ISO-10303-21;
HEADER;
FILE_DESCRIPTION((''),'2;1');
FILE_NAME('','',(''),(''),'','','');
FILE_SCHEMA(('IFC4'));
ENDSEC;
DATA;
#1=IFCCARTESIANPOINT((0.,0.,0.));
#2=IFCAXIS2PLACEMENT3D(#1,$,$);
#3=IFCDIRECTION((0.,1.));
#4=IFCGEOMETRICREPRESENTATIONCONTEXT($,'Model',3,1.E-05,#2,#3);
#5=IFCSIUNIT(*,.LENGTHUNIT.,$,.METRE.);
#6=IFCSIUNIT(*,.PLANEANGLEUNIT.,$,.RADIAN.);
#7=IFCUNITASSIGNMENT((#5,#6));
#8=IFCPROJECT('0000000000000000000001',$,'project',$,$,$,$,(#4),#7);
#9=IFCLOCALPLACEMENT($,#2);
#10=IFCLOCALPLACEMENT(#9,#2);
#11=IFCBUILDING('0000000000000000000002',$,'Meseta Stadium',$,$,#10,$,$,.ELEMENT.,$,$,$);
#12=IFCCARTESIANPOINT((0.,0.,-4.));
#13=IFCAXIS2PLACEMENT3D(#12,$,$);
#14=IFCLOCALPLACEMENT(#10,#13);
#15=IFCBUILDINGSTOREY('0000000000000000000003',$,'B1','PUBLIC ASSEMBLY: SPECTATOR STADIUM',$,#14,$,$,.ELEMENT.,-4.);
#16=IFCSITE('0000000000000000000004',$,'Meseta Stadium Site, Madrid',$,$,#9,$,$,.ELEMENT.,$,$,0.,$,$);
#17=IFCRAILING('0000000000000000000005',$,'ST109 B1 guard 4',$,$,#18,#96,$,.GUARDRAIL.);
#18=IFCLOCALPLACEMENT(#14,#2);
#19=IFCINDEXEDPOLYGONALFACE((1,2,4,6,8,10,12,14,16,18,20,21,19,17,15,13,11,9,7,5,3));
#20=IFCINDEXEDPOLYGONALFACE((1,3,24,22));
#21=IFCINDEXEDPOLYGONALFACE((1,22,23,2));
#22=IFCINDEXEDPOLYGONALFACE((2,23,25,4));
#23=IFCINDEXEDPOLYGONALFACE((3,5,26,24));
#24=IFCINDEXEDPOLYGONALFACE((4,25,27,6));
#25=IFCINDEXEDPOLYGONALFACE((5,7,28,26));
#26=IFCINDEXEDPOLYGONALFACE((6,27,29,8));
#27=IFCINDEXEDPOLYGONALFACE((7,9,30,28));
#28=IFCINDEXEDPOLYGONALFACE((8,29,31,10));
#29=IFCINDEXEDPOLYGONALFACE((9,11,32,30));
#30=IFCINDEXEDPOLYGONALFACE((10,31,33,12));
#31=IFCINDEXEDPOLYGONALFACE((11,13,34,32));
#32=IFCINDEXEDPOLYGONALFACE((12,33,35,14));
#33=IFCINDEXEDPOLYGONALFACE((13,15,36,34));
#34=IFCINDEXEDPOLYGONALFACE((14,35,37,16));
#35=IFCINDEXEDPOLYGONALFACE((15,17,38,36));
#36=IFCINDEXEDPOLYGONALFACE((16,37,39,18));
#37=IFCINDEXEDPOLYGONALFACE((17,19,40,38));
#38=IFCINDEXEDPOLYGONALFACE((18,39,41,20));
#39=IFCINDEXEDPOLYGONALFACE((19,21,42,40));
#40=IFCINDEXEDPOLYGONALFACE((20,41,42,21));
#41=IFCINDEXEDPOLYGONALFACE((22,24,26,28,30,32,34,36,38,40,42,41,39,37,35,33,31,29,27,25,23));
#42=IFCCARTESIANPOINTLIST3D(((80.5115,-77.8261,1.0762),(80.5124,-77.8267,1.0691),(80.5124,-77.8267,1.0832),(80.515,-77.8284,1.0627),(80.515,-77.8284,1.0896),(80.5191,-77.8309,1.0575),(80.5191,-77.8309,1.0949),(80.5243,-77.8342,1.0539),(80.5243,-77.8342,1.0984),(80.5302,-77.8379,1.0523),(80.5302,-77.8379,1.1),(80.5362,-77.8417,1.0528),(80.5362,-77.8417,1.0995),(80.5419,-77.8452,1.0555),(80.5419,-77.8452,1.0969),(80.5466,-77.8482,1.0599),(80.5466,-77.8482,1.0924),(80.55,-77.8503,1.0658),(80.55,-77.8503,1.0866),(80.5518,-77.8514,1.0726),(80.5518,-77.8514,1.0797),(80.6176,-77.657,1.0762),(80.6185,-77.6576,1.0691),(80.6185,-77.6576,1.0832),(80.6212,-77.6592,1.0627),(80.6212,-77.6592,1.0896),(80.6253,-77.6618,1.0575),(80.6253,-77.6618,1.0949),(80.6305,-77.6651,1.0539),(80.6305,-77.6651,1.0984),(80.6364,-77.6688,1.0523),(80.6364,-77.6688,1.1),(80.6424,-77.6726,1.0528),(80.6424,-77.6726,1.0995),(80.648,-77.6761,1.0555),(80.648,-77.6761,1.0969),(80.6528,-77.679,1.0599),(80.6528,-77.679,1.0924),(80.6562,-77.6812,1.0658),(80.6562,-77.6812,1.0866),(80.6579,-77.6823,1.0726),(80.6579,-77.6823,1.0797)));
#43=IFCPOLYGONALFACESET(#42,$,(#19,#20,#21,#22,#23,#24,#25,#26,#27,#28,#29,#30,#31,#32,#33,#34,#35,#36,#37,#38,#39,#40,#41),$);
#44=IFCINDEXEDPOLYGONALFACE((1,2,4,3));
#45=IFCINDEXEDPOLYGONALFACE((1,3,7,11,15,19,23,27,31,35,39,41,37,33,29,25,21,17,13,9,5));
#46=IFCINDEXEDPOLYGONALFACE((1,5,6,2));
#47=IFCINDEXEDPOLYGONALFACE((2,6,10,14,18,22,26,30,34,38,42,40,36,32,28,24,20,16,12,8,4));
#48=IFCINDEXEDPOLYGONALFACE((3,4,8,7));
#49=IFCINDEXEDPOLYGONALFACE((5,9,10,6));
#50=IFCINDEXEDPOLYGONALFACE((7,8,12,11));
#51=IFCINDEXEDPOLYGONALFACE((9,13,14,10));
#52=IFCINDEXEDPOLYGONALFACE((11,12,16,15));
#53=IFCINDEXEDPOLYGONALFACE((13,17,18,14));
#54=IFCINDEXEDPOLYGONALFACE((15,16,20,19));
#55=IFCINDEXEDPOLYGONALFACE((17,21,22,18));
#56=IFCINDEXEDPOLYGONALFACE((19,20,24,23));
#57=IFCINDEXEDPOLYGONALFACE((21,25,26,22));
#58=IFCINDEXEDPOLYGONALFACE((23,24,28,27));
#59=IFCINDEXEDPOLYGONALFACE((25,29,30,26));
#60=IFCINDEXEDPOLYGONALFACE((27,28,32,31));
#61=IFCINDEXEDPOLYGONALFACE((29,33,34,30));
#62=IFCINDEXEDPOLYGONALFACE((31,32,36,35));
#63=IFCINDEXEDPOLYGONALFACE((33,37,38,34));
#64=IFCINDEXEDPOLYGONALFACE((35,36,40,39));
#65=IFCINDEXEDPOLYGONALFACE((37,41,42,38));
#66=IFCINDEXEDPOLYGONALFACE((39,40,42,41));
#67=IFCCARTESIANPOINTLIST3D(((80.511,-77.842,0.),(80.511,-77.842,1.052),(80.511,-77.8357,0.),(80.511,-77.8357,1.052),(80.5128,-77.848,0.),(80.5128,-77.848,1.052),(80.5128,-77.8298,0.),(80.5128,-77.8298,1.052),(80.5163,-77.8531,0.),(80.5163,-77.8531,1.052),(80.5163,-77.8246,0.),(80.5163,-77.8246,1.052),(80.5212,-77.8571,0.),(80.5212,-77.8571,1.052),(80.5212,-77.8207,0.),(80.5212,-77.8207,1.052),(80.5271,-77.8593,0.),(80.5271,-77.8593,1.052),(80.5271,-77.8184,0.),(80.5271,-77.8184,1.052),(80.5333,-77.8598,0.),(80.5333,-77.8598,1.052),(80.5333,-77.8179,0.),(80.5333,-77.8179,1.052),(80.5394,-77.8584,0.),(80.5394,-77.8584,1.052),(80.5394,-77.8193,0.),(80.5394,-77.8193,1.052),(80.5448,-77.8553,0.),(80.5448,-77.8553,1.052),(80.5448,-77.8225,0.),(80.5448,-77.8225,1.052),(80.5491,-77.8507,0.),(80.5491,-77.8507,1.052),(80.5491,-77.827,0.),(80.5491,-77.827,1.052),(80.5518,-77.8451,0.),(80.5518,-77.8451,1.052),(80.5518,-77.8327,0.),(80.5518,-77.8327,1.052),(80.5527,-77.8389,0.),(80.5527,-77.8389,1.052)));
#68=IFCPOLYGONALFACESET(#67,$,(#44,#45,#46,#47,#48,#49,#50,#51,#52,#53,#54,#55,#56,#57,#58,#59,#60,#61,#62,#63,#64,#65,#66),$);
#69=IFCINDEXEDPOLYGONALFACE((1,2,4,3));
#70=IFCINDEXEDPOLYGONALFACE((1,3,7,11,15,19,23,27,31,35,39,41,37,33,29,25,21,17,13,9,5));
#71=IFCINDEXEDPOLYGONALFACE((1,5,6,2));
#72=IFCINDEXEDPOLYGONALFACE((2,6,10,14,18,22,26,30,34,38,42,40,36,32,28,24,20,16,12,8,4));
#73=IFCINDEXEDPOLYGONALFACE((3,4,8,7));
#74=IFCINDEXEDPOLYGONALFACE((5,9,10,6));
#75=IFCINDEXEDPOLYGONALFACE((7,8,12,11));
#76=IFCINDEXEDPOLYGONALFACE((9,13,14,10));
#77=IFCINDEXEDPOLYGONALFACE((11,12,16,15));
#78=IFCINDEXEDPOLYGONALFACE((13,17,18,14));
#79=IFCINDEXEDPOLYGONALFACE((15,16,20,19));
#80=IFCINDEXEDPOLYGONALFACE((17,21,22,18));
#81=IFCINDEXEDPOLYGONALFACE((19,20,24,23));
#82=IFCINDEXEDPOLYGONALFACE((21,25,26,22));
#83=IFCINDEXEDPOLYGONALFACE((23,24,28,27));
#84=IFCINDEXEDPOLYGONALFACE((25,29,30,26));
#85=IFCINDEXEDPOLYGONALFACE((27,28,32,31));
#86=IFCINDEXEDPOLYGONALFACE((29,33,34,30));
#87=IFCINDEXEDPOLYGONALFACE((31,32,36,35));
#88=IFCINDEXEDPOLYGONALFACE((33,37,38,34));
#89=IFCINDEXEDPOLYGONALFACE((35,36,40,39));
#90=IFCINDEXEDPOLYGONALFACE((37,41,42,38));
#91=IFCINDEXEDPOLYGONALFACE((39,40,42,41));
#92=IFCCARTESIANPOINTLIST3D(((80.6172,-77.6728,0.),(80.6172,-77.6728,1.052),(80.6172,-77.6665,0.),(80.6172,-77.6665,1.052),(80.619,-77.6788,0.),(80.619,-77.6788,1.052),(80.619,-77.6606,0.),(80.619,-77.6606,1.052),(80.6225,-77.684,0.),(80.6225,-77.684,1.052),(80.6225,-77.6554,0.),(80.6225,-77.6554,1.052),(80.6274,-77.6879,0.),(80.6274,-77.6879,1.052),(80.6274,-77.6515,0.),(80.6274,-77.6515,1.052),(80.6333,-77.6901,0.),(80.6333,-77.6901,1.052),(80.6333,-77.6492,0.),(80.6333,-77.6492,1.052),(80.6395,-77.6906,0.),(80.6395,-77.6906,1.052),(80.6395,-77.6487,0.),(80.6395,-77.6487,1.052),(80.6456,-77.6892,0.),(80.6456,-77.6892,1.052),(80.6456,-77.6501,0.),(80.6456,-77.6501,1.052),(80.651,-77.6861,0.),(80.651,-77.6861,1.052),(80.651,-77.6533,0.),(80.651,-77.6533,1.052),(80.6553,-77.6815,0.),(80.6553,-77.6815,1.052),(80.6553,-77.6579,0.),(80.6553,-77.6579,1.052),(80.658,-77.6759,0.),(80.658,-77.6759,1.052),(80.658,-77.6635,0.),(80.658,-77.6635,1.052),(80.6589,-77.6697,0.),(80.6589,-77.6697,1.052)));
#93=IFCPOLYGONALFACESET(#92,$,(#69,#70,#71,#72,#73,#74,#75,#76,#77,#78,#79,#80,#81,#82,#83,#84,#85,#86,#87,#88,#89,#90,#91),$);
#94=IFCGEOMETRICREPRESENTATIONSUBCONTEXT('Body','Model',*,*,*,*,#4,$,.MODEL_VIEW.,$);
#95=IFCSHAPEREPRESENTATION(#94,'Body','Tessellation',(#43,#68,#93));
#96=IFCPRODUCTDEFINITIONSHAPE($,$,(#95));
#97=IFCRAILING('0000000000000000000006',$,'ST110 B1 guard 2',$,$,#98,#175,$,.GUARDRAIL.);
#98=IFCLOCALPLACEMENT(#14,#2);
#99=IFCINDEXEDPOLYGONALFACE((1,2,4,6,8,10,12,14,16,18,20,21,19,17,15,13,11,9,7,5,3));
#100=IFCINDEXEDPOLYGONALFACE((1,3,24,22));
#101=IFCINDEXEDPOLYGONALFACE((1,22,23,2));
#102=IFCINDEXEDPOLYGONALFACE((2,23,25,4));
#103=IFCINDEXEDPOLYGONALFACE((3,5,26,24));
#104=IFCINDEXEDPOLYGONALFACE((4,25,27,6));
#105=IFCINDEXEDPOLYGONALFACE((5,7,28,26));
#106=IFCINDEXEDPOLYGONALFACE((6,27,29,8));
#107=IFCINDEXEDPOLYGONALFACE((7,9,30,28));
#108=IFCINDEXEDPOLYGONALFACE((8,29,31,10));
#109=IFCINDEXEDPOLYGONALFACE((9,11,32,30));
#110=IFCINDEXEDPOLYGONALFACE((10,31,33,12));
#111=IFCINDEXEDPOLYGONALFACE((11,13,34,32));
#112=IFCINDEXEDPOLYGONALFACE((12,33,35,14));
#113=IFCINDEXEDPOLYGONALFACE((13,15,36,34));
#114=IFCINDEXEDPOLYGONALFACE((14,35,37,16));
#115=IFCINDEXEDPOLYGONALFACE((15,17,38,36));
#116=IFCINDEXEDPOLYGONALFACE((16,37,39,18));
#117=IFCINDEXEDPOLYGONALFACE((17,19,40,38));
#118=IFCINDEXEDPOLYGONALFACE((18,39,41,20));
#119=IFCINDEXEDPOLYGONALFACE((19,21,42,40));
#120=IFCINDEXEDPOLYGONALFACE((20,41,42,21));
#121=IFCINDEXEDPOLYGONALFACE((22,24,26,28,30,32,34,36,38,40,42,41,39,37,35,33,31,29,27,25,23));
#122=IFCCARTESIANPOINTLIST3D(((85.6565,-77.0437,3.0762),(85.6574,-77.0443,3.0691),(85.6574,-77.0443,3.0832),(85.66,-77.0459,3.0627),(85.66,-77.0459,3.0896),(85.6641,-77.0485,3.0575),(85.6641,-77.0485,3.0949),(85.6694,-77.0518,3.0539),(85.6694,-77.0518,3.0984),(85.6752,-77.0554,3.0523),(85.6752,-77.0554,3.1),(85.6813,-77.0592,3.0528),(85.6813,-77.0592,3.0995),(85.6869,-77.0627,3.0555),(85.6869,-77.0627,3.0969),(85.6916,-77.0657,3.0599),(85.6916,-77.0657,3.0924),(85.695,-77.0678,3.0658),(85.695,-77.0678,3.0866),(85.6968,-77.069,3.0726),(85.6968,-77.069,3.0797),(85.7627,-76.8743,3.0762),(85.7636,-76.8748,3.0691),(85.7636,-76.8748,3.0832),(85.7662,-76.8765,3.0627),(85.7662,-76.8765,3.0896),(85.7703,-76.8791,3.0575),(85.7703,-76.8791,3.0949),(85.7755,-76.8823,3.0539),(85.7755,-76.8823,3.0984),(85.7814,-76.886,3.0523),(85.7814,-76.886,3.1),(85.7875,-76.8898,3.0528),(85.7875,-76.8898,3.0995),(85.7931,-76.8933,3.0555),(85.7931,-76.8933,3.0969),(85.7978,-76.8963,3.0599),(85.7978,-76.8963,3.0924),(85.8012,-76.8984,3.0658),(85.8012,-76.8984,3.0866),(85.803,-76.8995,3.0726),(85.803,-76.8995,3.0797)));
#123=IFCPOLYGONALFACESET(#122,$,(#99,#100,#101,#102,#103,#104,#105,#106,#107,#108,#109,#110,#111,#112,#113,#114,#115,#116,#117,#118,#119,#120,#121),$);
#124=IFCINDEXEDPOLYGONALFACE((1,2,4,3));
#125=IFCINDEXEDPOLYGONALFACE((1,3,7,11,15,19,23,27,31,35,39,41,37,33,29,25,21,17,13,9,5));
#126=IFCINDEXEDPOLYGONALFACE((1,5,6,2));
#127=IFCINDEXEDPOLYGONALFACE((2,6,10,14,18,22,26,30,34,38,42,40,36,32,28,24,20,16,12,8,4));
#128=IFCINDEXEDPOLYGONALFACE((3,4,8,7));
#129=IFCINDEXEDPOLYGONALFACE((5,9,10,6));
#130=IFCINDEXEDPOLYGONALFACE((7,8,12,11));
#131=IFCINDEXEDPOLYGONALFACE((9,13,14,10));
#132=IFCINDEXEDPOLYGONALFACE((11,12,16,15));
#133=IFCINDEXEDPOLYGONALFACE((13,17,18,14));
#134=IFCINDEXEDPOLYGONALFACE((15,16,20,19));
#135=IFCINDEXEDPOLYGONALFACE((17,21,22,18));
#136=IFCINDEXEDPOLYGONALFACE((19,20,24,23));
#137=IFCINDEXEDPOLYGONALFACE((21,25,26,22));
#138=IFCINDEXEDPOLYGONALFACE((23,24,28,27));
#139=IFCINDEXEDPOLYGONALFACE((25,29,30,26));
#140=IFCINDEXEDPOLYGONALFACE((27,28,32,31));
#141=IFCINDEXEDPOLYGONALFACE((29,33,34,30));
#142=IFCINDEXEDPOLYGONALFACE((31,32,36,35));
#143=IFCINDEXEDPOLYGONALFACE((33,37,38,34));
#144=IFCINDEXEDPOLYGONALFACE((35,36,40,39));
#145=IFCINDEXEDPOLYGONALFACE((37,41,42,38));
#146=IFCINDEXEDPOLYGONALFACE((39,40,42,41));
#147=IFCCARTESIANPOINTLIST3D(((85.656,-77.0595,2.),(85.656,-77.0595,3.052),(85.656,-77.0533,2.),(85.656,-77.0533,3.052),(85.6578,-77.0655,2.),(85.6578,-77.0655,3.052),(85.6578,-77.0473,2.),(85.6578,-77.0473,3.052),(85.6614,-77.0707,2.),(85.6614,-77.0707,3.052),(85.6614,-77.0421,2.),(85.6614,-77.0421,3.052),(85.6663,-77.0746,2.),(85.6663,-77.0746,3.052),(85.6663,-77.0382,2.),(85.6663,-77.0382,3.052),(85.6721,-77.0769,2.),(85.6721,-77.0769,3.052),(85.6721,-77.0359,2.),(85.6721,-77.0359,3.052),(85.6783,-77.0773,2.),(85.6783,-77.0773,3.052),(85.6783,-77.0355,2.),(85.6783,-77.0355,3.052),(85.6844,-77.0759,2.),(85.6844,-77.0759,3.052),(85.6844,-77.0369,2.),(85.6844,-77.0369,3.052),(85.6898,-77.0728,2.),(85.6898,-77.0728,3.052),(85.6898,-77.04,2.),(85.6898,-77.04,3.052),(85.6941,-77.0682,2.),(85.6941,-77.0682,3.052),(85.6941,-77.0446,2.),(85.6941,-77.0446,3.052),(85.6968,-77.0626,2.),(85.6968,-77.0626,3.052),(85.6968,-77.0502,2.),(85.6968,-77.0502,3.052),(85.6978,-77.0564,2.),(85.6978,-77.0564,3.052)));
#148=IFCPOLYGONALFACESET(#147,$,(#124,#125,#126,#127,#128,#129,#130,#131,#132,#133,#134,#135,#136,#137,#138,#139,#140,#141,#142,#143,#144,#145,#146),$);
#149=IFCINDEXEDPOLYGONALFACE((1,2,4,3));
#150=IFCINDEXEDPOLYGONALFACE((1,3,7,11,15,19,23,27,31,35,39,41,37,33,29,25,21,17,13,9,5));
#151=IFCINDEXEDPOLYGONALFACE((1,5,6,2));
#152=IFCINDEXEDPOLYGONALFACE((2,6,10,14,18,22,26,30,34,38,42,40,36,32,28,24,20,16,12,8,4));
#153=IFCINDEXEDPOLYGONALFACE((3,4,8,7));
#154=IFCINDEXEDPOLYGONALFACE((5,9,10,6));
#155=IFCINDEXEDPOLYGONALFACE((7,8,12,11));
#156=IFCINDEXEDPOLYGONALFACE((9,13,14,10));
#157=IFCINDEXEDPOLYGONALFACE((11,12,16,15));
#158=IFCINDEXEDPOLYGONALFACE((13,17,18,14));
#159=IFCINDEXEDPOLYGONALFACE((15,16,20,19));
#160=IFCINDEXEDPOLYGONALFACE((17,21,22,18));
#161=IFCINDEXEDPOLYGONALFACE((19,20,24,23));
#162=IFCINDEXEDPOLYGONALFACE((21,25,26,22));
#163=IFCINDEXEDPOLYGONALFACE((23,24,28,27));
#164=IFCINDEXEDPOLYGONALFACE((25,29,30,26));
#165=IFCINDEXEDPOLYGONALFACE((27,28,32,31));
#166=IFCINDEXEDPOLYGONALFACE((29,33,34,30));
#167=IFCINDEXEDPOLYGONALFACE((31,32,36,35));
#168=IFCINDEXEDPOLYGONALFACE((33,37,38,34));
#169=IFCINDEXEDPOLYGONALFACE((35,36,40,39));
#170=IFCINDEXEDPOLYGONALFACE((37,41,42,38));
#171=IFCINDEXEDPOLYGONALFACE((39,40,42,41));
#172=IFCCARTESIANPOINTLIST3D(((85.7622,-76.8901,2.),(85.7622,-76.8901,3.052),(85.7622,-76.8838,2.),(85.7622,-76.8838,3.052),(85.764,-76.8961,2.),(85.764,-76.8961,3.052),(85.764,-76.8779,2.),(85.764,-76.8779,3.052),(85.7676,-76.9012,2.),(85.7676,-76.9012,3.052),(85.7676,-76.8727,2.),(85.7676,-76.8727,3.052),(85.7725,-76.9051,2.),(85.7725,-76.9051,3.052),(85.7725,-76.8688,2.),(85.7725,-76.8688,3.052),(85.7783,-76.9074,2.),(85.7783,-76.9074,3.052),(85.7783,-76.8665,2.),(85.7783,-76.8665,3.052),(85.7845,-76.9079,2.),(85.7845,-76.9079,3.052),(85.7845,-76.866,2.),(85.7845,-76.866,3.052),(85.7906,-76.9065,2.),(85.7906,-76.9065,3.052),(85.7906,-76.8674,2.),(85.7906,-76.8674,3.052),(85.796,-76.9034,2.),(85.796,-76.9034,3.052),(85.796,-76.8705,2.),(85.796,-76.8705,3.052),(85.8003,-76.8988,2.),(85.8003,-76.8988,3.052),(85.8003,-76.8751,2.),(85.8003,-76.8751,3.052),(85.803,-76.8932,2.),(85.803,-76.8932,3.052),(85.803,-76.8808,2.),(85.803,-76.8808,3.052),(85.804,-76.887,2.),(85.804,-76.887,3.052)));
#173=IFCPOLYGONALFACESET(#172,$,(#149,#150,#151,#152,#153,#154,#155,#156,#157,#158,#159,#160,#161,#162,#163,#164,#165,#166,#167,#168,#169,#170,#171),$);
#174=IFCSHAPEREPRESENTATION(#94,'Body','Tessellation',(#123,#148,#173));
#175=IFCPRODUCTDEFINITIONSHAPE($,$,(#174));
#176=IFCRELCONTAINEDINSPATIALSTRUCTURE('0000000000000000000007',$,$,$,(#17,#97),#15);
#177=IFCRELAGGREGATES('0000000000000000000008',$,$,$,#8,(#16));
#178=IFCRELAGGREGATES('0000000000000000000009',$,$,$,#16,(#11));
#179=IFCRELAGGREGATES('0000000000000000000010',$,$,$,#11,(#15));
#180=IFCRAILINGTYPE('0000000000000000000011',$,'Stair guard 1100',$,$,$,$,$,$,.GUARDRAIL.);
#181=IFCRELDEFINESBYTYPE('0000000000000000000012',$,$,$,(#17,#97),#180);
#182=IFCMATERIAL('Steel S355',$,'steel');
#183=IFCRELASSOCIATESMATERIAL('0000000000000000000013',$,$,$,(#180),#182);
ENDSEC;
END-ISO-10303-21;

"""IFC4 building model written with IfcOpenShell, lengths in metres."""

from ifc_helpers import new_model, si_unit, direction, frame, origin, origin_2d, place, context, subcontext, project, spatial, circle, extrude, material, type_object, element, save


model = new_model("IFC4")

# Units and contexts
model_context = context("Model", 3, precision=1e-05, world=origin(), true_north=direction((0.0, 1.0)))
body_context = subcontext(model_context, "Body", "Model", "MODEL_VIEW")
ifc_project = project(units=[si_unit("LENGTHUNIT", "METRE"), si_unit("PLANEANGLEUNIT", "RADIAN")], contexts=[model_context])

# Site, building, storey
site_placement = place(None, origin())
site = spatial("IfcSite", under=ifc_project, at=site_placement, Name="Meseta Stadium Site, Madrid", CompositionType="ELEMENT", RefElevation=0.0)
building_placement = place(site_placement, origin())
building = spatial("IfcBuilding", under=site, at=building_placement, Name="Meseta Stadium", CompositionType="ELEMENT")
storey_placement = place(building_placement, frame((0.0, 0.0, -4.0)))
storey = spatial("IfcBuildingStorey", under=building, at=storey_placement, Name="B1", Description="PUBLIC ASSEMBLY: SPECTATOR STADIUM", CompositionType="ELEMENT", Elevation=-4.0)

# Railings
ifc_material_1 = material(Name="Steel S355", Category="steel")
railing_type_1 = type_object("IfcRailingType", Name="Stair guard 1100", PredefinedType="GUARDRAIL", material=ifc_material_1)
railing_1_placement = place(storey_placement, frame((80.5317, -77.8389, 0.0)))
element("IfcRailing", 1, at=railing_1_placement, inside=storey, type_object=railing_type_1, Name="ST109 B1 guard 4", PredefinedType="GUARDRAIL", context=body_context, shape_type="SweptSolid", body=[
    extrude(circle(Radius=0.0239, at=origin_2d()), frame((0.0, 0.0, 1.0762), z_axis=(0.531646, 0.846967, 0.0), x_axis=(-0.846967, 0.531646, 0.0)), (0.0, 0.0, 1.0), 0.1997),
    extrude(circle(Radius=0.021, at=origin_2d()), origin(), (0.0, 0.0, 1.0), 1.052),
    extrude(circle(Radius=0.021, at=origin_2d()), frame((0.1062, 0.1692, 0.0)), (0.0, 0.0, 1.0), 1.052),
])
railing_2_placement = place(storey_placement, frame((85.6768, -77.0564, 2.0)))
element("IfcRailing", 2, at=railing_2_placement, inside=storey, type_object=railing_type_1, Name="ST110 B1 guard 2", PredefinedType="GUARDRAIL", context=body_context, shape_type="SweptSolid", body=[
    extrude(circle(Radius=0.0239, at=origin_2d()), frame((0.0, 0.0, 1.0762), z_axis=(0.531096, 0.847312, 0.0), x_axis=(-0.847312, 0.531096, 0.0)), (0.0, 0.0, 1.0), 0.2),
    extrude(circle(Radius=0.021, at=origin_2d()), origin(), (0.0, 0.0, 1.0), 1.052),
    extrude(circle(Radius=0.021, at=origin_2d()), frame((0.1062, 0.1694, 0.0)), (0.0, 0.0, 1.0), 1.052),
])

save(model, "model.ifc")
